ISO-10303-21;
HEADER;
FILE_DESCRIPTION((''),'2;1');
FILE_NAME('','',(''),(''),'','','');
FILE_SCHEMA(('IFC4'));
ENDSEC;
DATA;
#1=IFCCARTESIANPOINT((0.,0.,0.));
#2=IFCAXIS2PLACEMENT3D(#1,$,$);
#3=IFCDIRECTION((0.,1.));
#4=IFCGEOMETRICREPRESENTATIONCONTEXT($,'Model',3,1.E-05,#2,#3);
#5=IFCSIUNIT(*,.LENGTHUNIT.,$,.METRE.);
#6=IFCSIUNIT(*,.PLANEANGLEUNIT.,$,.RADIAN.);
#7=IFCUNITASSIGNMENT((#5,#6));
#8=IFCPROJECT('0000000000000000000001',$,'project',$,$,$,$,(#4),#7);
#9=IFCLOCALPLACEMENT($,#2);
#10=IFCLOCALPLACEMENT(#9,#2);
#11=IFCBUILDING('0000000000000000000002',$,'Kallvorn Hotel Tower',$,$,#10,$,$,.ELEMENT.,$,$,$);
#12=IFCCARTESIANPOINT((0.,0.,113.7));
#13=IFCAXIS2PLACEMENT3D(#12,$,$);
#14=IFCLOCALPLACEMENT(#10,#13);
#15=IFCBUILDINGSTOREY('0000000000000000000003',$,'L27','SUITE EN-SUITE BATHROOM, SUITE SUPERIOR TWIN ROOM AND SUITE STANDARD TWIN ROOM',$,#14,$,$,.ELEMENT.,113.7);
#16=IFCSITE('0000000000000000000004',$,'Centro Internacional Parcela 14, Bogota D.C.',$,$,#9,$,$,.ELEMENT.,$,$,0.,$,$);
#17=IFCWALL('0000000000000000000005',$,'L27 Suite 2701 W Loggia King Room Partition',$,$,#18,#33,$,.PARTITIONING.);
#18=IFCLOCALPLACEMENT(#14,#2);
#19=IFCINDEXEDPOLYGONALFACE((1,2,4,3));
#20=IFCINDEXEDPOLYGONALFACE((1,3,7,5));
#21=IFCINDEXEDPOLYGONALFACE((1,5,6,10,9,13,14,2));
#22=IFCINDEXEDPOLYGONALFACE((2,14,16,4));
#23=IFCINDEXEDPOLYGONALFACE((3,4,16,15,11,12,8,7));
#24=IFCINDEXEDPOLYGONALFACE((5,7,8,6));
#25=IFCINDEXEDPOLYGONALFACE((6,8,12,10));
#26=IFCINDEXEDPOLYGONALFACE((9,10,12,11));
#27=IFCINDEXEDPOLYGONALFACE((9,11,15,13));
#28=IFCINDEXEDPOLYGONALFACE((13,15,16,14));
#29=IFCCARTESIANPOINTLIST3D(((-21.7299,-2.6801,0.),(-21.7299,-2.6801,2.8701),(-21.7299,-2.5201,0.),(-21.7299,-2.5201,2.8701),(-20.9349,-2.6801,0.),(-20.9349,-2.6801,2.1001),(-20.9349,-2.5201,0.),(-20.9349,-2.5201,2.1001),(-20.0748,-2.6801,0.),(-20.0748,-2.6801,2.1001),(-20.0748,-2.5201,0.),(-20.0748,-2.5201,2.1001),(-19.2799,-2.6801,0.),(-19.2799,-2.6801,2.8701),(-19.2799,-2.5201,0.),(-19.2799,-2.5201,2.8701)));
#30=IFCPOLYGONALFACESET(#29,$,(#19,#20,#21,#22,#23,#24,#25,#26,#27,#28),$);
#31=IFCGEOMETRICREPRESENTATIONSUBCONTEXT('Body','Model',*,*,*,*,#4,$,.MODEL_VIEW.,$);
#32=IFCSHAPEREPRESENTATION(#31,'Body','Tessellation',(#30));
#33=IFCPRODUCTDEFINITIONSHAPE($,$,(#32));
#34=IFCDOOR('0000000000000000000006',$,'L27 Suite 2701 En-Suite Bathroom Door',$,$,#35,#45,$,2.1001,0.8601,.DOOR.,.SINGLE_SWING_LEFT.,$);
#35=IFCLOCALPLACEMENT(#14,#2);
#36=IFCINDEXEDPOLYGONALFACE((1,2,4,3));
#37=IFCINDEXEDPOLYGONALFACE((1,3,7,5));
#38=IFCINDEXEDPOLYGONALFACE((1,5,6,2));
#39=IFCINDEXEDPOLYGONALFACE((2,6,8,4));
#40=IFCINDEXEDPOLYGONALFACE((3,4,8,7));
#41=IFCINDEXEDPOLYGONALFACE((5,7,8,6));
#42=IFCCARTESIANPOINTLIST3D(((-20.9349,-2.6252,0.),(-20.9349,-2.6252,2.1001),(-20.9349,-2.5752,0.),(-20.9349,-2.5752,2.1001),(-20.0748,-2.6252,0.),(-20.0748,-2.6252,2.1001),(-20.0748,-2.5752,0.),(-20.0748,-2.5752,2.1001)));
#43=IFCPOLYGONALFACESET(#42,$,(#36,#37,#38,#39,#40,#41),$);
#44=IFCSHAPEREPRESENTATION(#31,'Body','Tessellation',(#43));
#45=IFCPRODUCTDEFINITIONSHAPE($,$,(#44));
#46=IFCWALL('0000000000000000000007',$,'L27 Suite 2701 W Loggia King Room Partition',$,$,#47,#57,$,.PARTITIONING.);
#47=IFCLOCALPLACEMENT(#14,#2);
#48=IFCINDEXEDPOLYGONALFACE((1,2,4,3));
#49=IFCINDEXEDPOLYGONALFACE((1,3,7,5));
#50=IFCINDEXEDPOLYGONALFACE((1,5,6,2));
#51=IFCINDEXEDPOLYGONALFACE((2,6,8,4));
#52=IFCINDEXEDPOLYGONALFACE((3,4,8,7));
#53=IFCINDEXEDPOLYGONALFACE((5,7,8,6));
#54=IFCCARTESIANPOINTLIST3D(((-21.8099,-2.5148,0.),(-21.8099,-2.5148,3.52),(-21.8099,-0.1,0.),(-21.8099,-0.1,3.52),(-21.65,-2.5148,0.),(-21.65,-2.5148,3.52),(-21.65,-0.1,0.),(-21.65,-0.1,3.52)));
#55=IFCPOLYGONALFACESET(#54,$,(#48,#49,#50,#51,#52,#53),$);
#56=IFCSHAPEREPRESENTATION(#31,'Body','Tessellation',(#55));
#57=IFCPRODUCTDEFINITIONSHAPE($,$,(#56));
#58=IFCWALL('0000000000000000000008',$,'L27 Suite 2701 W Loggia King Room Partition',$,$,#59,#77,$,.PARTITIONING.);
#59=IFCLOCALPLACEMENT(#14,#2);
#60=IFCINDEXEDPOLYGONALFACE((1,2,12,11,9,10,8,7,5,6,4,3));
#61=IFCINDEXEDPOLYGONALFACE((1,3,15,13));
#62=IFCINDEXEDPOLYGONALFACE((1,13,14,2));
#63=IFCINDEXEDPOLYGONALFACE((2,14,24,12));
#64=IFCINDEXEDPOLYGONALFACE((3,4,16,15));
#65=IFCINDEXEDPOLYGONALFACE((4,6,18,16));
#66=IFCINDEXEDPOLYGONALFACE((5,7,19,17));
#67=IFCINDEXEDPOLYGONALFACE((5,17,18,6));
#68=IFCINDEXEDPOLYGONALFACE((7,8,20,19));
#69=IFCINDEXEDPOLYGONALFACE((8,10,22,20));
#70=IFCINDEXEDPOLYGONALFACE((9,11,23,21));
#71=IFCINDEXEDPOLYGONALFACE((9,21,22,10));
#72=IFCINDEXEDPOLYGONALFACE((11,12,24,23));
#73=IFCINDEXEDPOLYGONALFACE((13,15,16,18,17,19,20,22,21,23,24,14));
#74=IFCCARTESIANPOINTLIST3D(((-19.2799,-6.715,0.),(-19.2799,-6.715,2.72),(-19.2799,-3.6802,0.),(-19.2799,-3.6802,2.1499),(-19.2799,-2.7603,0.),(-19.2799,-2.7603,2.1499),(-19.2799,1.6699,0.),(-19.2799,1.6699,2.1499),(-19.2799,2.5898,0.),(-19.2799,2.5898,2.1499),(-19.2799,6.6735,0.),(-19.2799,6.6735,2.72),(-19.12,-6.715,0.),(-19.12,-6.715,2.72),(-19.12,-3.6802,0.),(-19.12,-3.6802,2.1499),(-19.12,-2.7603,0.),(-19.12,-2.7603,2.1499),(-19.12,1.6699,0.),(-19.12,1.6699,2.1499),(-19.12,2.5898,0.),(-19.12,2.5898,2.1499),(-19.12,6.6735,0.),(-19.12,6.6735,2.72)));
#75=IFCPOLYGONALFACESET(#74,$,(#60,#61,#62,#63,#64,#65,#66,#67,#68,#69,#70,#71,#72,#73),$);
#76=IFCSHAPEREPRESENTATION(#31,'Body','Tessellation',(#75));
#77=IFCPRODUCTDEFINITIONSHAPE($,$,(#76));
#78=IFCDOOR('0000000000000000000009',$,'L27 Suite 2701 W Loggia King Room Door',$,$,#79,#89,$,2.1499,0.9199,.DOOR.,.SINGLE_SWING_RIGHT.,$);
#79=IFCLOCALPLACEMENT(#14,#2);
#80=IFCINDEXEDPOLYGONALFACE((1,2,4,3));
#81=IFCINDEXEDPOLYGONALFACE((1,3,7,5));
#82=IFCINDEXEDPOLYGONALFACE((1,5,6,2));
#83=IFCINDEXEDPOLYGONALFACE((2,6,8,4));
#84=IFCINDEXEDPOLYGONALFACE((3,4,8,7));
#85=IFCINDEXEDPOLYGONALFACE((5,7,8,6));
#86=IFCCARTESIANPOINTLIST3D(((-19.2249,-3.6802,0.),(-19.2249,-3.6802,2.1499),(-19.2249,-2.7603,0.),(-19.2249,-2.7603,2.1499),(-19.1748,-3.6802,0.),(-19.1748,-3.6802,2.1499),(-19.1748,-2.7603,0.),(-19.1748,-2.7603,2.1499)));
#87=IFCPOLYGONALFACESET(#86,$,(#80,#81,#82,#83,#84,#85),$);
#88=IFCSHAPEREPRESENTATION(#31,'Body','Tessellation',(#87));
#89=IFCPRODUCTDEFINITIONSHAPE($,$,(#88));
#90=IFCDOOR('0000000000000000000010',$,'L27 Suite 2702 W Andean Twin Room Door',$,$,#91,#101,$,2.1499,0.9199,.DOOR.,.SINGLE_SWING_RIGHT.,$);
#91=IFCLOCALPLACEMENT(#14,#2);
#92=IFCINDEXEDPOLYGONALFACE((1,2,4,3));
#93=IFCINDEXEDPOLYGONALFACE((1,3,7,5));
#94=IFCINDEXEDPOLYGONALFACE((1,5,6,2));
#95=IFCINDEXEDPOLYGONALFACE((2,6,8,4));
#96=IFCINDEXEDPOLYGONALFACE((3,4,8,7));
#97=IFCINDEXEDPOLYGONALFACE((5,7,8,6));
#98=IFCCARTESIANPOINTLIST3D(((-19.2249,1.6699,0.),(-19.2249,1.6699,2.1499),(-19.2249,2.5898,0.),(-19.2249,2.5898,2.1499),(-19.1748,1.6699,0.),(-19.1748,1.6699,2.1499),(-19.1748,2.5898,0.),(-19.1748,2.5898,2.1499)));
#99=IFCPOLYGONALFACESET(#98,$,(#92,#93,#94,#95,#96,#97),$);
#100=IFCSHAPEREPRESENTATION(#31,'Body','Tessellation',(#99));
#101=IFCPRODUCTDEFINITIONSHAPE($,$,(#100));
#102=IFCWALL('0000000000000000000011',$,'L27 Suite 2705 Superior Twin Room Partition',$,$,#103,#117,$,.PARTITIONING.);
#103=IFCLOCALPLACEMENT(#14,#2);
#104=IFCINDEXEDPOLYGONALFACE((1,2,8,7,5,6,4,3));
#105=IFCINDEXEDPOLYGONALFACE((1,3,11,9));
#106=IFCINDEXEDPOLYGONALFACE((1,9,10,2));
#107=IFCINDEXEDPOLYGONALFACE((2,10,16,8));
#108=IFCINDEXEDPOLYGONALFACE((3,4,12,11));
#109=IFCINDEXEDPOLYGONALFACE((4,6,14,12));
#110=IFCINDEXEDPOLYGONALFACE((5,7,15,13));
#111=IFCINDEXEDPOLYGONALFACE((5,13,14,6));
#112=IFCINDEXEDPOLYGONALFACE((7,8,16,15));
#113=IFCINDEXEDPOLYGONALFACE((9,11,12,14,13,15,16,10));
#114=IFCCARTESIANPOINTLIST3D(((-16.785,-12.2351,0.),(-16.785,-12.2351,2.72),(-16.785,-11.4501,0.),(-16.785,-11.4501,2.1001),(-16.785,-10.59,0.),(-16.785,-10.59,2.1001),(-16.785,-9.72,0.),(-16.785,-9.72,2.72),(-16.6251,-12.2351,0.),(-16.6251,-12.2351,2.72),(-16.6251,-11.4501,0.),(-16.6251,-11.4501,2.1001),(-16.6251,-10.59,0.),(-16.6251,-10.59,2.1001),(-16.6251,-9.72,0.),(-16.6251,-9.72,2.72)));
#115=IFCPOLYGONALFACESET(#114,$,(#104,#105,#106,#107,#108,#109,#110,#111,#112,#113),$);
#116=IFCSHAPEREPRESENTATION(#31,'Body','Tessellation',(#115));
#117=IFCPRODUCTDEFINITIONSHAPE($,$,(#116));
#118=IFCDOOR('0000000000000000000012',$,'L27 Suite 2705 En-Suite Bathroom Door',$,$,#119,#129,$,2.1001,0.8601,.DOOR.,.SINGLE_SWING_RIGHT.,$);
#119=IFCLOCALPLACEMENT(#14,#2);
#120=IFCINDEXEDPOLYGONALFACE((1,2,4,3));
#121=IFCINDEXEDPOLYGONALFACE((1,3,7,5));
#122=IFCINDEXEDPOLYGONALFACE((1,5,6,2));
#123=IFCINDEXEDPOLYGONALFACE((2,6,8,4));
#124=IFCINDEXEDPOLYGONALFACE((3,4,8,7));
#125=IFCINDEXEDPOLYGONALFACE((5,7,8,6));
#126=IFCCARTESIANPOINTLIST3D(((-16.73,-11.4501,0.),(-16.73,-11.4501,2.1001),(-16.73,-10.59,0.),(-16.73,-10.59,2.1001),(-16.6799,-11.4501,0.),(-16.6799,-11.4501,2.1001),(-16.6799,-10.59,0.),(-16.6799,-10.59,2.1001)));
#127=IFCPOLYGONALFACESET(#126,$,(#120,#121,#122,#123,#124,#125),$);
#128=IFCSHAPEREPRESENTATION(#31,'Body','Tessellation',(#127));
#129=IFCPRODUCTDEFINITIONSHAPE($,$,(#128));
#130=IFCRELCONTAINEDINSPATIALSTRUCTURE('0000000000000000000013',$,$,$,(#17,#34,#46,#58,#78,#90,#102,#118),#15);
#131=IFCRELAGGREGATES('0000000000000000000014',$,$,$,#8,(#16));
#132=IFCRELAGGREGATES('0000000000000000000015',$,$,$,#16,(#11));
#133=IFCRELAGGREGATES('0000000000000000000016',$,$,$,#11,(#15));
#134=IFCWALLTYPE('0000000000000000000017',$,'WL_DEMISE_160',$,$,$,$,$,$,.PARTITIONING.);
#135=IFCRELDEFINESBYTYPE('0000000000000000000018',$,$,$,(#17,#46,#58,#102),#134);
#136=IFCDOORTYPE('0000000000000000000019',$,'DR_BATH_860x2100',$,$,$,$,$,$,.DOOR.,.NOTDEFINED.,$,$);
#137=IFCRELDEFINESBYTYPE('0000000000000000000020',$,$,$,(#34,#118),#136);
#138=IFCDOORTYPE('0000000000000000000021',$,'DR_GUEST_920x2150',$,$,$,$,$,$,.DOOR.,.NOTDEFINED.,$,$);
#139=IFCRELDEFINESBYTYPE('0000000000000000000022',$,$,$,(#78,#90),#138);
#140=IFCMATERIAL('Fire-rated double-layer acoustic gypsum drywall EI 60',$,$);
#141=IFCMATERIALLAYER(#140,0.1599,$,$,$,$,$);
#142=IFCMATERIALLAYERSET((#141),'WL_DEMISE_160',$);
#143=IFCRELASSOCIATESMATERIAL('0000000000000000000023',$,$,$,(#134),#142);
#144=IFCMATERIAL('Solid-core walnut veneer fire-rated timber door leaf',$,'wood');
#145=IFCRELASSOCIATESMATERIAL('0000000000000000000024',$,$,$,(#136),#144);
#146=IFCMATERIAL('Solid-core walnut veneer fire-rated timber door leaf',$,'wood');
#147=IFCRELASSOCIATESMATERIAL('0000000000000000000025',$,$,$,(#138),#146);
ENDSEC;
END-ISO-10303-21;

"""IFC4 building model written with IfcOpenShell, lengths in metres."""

from ifc_helpers import new_model, si_unit, direction, frame, frame_2d, origin, place, context, subcontext, project, spatial, rectangle, extrude, material, layer, layer_set, type_object, element, fill, save


model = new_model("IFC4")

# Units and contexts
model_context = context("Model", 3, precision=1e-05, world=origin(), true_north=direction((0.0, 1.0)))
body_context = subcontext(model_context, "Body", "Model", "MODEL_VIEW")
ifc_project = project(units=[si_unit("LENGTHUNIT", "METRE"), si_unit("PLANEANGLEUNIT", "RADIAN")], contexts=[model_context])

# Site, building, storey
site_placement = place(None, origin())
site = spatial("IfcSite", under=ifc_project, at=site_placement, Name="Centro Internacional Parcela 14, Bogota D.C.", CompositionType="ELEMENT", RefElevation=0.0)
building_placement = place(site_placement, origin())
building = spatial("IfcBuilding", under=site, at=building_placement, Name="Kallvorn Hotel Tower", CompositionType="ELEMENT")
storey_placement = place(building_placement, frame((0.0, 0.0, 113.7)))
storey = spatial("IfcBuildingStorey", under=building, at=storey_placement, Name="L27", Description="SUITE EN-SUITE BATHROOM, SUITE SUPERIOR TWIN ROOM AND SUITE STANDARD TWIN ROOM", CompositionType="ELEMENT", Elevation=113.7)

# Shared definitions
ifc_material_1 = material(Name="Fire-rated double-layer acoustic gypsum drywall EI 60")
ifc_layer = layer(ifc_material_1, 0.1599)
ifc_layer_set = layer_set([ifc_layer], Name="WL_DEMISE_160")
wall_type = type_object("IfcWallType", Name="WL_DEMISE_160", PredefinedType="PARTITIONING", material=ifc_layer_set)

# Wall, opening, door
wall_1_placement = place(storey_placement, frame((-21.73, -2.6001, 0.0), z_axis=(0.0, 0.0, 1.0), x_axis=(1.0, 0.0, 0.0)))
wall_1 = element("IfcWall", 1, at=wall_1_placement, inside=storey, type_object=wall_type, Name="L27 Suite 2701 W Loggia King Room Partition", PredefinedType="PARTITIONING", context=body_context, shape_type="SweptSolid", body=[
    extrude(rectangle(XDim=2.45, YDim=0.1599, at=frame_2d((1.2251, 0.0))), origin(), (0.0, 0.0, 1.0), 2.8701),
])
opening_1_placement = place(wall_1_placement, frame((0.7949, 0.0, 0.0)))
opening_1 = element("IfcOpeningElement", 2, at=opening_1_placement, cuts=wall_1, PredefinedType="OPENING", context=body_context, shape_type="SweptSolid", body=[
    extrude(rectangle(XDim=0.8601, YDim=2.1001, at=frame_2d((0.4302, 1.05))), frame((0.0, 0.095, 0.0), z_axis=(0.0, -1.0, 0.0), x_axis=(1.0, 0.0, 0.0)), (0.0, 0.0, 1.0), 0.1899),
])
ifc_material_2 = material(Name="Solid-core walnut veneer fire-rated timber door leaf", Category="wood")
door_type_1 = type_object("IfcDoorType", Name="DR_BATH_860x2100", OperationType="NOTDEFINED", PredefinedType="DOOR", material=ifc_material_2)
door_1_placement = place(opening_1_placement, origin())
door_1 = element("IfcDoor", 3, at=door_1_placement, inside=storey, type_object=door_type_1, Name="L27 Suite 2701 En-Suite Bathroom Door", OperationType="SINGLE_SWING_LEFT", OverallHeight=2.1001, OverallWidth=0.8601, PredefinedType="DOOR", context=body_context, shape_type="SweptSolid", body=[
    extrude(rectangle(XDim=0.8601, YDim=2.1001, at=frame_2d((0.4302, 1.05))), frame((0.0, 0.0249, 0.0), z_axis=(0.0, -1.0, 0.0), x_axis=(1.0, 0.0, 0.0)), (0.0, 0.0, 1.0), 0.05),
])
fill(opening_1, door_1)

# Wall
wall_2_placement = place(storey_placement, frame((-21.73, -2.5149, 0.0), z_axis=(0.0, 0.0, 1.0), x_axis=(0.0, 1.0, 0.0)))
element("IfcWall", 4, at=wall_2_placement, inside=storey, type_object=wall_type, Name="L27 Suite 2701 W Loggia King Room Partition", PredefinedType="PARTITIONING", context=body_context, shape_type="SweptSolid", body=[
    extrude(rectangle(XDim=2.4148, YDim=0.1599, at=frame_2d((1.2075, 0.0))), origin(), (0.0, 0.0, 1.0), 3.52),
])

# Wall, openings, doors
wall_3_placement = place(storey_placement, frame((-19.2, -6.7151, 0.0), z_axis=(0.0, 0.0, 1.0), x_axis=(0.0, 1.0, 0.0)))
wall_3 = element("IfcWall", 5, at=wall_3_placement, inside=storey, type_object=wall_type, Name="L27 Suite 2701 W Loggia King Room Partition", PredefinedType="PARTITIONING", context=body_context, shape_type="SweptSolid", body=[
    extrude(rectangle(XDim=13.3884, YDim=0.1599, at=frame_2d((6.6943, 0.0))), origin(), (0.0, 0.0, 1.0), 2.72),
])
opening_2_placement = place(wall_3_placement, frame((3.0349, 0.0, 0.0)))
opening_2 = element("IfcOpeningElement", 6, at=opening_2_placement, cuts=wall_3, PredefinedType="OPENING", context=body_context, shape_type="SweptSolid", body=[
    extrude(rectangle(XDim=0.9199, YDim=2.1499, at=frame_2d((0.46, 1.075))), frame((0.0, 0.095, 0.0), z_axis=(0.0, -1.0, 0.0), x_axis=(1.0, 0.0, 0.0)), (0.0, 0.0, 1.0), 0.1899),
])
opening_3_placement = place(wall_3_placement, frame((8.385, 0.0, 0.0)))
opening_3 = element("IfcOpeningElement", 7, at=opening_3_placement, cuts=wall_3, PredefinedType="OPENING", context=body_context, shape_type="SweptSolid", body=[
    extrude(rectangle(XDim=0.9199, YDim=2.1499, at=frame_2d((0.46, 1.075))), frame((0.0, 0.095, 0.0), z_axis=(0.0, -1.0, 0.0), x_axis=(1.0, 0.0, 0.0)), (0.0, 0.0, 1.0), 0.1899),
])
ifc_material_3 = material(Name="Solid-core walnut veneer fire-rated timber door leaf", Category="wood")
door_type_2 = type_object("IfcDoorType", Name="DR_GUEST_920x2150", OperationType="NOTDEFINED", PredefinedType="DOOR", material=ifc_material_3)
door_2_placement = place(opening_2_placement, origin())
door_2 = element("IfcDoor", 8, at=door_2_placement, inside=storey, type_object=door_type_2, Name="L27 Suite 2701 W Loggia King Room Door", OperationType="SINGLE_SWING_RIGHT", OverallHeight=2.1499, OverallWidth=0.9199, PredefinedType="DOOR", context=body_context, shape_type="SweptSolid", body=[
    extrude(rectangle(XDim=0.9199, YDim=2.1499, at=frame_2d((0.46, 1.075))), frame((0.0, 0.0249, 0.0), z_axis=(0.0, -1.0, 0.0), x_axis=(1.0, 0.0, 0.0)), (0.0, 0.0, 1.0), 0.05),
])
fill(opening_2, door_2)
door_3_placement = place(opening_3_placement, origin())
door_3 = element("IfcDoor", 9, at=door_3_placement, inside=storey, type_object=door_type_2, Name="L27 Suite 2702 W Andean Twin Room Door", OperationType="SINGLE_SWING_RIGHT", OverallHeight=2.1499, OverallWidth=0.9199, PredefinedType="DOOR", context=body_context, shape_type="SweptSolid", body=[
    extrude(rectangle(XDim=0.9199, YDim=2.1499, at=frame_2d((0.46, 1.075))), frame((0.0, 0.0249, 0.0), z_axis=(0.0, -1.0, 0.0), x_axis=(1.0, 0.0, 0.0)), (0.0, 0.0, 1.0), 0.05),
])
fill(opening_3, door_3)

# Wall, opening, door
wall_4_placement = place(storey_placement, frame((-16.7051, -12.2351, 0.0), z_axis=(0.0, 0.0, 1.0), x_axis=(0.0, 1.0, 0.0)))
wall_4 = element("IfcWall", 10, at=wall_4_placement, inside=storey, type_object=wall_type, Name="L27 Suite 2705 Superior Twin Room Partition", PredefinedType="PARTITIONING", context=body_context, shape_type="SweptSolid", body=[
    extrude(rectangle(XDim=2.5151, YDim=0.1599, at=frame_2d((1.2576, 0.0))), origin(), (0.0, 0.0, 1.0), 2.72),
])
opening_4_placement = place(wall_4_placement, frame((0.7849, 0.0, 0.0)))
opening_4 = element("IfcOpeningElement", 11, at=opening_4_placement, cuts=wall_4, PredefinedType="OPENING", context=body_context, shape_type="SweptSolid", body=[
    extrude(rectangle(XDim=0.8601, YDim=2.1001, at=frame_2d((0.4302, 1.05))), frame((0.0, 0.095, 0.0), z_axis=(0.0, -1.0, 0.0), x_axis=(1.0, 0.0, 0.0)), (0.0, 0.0, 1.0), 0.1899),
])
door_4_placement = place(opening_4_placement, origin())
door_4 = element("IfcDoor", 12, at=door_4_placement, inside=storey, type_object=door_type_1, Name="L27 Suite 2705 En-Suite Bathroom Door", OperationType="SINGLE_SWING_RIGHT", OverallHeight=2.1001, OverallWidth=0.8601, PredefinedType="DOOR", context=body_context, shape_type="SweptSolid", body=[
    extrude(rectangle(XDim=0.8601, YDim=2.1001, at=frame_2d((0.4302, 1.05))), frame((0.0, 0.0249, 0.0), z_axis=(0.0, -1.0, 0.0), x_axis=(1.0, 0.0, 0.0)), (0.0, 0.0, 1.0), 0.05),
])
fill(opening_4, door_4)

save(model, "model.ifc")
